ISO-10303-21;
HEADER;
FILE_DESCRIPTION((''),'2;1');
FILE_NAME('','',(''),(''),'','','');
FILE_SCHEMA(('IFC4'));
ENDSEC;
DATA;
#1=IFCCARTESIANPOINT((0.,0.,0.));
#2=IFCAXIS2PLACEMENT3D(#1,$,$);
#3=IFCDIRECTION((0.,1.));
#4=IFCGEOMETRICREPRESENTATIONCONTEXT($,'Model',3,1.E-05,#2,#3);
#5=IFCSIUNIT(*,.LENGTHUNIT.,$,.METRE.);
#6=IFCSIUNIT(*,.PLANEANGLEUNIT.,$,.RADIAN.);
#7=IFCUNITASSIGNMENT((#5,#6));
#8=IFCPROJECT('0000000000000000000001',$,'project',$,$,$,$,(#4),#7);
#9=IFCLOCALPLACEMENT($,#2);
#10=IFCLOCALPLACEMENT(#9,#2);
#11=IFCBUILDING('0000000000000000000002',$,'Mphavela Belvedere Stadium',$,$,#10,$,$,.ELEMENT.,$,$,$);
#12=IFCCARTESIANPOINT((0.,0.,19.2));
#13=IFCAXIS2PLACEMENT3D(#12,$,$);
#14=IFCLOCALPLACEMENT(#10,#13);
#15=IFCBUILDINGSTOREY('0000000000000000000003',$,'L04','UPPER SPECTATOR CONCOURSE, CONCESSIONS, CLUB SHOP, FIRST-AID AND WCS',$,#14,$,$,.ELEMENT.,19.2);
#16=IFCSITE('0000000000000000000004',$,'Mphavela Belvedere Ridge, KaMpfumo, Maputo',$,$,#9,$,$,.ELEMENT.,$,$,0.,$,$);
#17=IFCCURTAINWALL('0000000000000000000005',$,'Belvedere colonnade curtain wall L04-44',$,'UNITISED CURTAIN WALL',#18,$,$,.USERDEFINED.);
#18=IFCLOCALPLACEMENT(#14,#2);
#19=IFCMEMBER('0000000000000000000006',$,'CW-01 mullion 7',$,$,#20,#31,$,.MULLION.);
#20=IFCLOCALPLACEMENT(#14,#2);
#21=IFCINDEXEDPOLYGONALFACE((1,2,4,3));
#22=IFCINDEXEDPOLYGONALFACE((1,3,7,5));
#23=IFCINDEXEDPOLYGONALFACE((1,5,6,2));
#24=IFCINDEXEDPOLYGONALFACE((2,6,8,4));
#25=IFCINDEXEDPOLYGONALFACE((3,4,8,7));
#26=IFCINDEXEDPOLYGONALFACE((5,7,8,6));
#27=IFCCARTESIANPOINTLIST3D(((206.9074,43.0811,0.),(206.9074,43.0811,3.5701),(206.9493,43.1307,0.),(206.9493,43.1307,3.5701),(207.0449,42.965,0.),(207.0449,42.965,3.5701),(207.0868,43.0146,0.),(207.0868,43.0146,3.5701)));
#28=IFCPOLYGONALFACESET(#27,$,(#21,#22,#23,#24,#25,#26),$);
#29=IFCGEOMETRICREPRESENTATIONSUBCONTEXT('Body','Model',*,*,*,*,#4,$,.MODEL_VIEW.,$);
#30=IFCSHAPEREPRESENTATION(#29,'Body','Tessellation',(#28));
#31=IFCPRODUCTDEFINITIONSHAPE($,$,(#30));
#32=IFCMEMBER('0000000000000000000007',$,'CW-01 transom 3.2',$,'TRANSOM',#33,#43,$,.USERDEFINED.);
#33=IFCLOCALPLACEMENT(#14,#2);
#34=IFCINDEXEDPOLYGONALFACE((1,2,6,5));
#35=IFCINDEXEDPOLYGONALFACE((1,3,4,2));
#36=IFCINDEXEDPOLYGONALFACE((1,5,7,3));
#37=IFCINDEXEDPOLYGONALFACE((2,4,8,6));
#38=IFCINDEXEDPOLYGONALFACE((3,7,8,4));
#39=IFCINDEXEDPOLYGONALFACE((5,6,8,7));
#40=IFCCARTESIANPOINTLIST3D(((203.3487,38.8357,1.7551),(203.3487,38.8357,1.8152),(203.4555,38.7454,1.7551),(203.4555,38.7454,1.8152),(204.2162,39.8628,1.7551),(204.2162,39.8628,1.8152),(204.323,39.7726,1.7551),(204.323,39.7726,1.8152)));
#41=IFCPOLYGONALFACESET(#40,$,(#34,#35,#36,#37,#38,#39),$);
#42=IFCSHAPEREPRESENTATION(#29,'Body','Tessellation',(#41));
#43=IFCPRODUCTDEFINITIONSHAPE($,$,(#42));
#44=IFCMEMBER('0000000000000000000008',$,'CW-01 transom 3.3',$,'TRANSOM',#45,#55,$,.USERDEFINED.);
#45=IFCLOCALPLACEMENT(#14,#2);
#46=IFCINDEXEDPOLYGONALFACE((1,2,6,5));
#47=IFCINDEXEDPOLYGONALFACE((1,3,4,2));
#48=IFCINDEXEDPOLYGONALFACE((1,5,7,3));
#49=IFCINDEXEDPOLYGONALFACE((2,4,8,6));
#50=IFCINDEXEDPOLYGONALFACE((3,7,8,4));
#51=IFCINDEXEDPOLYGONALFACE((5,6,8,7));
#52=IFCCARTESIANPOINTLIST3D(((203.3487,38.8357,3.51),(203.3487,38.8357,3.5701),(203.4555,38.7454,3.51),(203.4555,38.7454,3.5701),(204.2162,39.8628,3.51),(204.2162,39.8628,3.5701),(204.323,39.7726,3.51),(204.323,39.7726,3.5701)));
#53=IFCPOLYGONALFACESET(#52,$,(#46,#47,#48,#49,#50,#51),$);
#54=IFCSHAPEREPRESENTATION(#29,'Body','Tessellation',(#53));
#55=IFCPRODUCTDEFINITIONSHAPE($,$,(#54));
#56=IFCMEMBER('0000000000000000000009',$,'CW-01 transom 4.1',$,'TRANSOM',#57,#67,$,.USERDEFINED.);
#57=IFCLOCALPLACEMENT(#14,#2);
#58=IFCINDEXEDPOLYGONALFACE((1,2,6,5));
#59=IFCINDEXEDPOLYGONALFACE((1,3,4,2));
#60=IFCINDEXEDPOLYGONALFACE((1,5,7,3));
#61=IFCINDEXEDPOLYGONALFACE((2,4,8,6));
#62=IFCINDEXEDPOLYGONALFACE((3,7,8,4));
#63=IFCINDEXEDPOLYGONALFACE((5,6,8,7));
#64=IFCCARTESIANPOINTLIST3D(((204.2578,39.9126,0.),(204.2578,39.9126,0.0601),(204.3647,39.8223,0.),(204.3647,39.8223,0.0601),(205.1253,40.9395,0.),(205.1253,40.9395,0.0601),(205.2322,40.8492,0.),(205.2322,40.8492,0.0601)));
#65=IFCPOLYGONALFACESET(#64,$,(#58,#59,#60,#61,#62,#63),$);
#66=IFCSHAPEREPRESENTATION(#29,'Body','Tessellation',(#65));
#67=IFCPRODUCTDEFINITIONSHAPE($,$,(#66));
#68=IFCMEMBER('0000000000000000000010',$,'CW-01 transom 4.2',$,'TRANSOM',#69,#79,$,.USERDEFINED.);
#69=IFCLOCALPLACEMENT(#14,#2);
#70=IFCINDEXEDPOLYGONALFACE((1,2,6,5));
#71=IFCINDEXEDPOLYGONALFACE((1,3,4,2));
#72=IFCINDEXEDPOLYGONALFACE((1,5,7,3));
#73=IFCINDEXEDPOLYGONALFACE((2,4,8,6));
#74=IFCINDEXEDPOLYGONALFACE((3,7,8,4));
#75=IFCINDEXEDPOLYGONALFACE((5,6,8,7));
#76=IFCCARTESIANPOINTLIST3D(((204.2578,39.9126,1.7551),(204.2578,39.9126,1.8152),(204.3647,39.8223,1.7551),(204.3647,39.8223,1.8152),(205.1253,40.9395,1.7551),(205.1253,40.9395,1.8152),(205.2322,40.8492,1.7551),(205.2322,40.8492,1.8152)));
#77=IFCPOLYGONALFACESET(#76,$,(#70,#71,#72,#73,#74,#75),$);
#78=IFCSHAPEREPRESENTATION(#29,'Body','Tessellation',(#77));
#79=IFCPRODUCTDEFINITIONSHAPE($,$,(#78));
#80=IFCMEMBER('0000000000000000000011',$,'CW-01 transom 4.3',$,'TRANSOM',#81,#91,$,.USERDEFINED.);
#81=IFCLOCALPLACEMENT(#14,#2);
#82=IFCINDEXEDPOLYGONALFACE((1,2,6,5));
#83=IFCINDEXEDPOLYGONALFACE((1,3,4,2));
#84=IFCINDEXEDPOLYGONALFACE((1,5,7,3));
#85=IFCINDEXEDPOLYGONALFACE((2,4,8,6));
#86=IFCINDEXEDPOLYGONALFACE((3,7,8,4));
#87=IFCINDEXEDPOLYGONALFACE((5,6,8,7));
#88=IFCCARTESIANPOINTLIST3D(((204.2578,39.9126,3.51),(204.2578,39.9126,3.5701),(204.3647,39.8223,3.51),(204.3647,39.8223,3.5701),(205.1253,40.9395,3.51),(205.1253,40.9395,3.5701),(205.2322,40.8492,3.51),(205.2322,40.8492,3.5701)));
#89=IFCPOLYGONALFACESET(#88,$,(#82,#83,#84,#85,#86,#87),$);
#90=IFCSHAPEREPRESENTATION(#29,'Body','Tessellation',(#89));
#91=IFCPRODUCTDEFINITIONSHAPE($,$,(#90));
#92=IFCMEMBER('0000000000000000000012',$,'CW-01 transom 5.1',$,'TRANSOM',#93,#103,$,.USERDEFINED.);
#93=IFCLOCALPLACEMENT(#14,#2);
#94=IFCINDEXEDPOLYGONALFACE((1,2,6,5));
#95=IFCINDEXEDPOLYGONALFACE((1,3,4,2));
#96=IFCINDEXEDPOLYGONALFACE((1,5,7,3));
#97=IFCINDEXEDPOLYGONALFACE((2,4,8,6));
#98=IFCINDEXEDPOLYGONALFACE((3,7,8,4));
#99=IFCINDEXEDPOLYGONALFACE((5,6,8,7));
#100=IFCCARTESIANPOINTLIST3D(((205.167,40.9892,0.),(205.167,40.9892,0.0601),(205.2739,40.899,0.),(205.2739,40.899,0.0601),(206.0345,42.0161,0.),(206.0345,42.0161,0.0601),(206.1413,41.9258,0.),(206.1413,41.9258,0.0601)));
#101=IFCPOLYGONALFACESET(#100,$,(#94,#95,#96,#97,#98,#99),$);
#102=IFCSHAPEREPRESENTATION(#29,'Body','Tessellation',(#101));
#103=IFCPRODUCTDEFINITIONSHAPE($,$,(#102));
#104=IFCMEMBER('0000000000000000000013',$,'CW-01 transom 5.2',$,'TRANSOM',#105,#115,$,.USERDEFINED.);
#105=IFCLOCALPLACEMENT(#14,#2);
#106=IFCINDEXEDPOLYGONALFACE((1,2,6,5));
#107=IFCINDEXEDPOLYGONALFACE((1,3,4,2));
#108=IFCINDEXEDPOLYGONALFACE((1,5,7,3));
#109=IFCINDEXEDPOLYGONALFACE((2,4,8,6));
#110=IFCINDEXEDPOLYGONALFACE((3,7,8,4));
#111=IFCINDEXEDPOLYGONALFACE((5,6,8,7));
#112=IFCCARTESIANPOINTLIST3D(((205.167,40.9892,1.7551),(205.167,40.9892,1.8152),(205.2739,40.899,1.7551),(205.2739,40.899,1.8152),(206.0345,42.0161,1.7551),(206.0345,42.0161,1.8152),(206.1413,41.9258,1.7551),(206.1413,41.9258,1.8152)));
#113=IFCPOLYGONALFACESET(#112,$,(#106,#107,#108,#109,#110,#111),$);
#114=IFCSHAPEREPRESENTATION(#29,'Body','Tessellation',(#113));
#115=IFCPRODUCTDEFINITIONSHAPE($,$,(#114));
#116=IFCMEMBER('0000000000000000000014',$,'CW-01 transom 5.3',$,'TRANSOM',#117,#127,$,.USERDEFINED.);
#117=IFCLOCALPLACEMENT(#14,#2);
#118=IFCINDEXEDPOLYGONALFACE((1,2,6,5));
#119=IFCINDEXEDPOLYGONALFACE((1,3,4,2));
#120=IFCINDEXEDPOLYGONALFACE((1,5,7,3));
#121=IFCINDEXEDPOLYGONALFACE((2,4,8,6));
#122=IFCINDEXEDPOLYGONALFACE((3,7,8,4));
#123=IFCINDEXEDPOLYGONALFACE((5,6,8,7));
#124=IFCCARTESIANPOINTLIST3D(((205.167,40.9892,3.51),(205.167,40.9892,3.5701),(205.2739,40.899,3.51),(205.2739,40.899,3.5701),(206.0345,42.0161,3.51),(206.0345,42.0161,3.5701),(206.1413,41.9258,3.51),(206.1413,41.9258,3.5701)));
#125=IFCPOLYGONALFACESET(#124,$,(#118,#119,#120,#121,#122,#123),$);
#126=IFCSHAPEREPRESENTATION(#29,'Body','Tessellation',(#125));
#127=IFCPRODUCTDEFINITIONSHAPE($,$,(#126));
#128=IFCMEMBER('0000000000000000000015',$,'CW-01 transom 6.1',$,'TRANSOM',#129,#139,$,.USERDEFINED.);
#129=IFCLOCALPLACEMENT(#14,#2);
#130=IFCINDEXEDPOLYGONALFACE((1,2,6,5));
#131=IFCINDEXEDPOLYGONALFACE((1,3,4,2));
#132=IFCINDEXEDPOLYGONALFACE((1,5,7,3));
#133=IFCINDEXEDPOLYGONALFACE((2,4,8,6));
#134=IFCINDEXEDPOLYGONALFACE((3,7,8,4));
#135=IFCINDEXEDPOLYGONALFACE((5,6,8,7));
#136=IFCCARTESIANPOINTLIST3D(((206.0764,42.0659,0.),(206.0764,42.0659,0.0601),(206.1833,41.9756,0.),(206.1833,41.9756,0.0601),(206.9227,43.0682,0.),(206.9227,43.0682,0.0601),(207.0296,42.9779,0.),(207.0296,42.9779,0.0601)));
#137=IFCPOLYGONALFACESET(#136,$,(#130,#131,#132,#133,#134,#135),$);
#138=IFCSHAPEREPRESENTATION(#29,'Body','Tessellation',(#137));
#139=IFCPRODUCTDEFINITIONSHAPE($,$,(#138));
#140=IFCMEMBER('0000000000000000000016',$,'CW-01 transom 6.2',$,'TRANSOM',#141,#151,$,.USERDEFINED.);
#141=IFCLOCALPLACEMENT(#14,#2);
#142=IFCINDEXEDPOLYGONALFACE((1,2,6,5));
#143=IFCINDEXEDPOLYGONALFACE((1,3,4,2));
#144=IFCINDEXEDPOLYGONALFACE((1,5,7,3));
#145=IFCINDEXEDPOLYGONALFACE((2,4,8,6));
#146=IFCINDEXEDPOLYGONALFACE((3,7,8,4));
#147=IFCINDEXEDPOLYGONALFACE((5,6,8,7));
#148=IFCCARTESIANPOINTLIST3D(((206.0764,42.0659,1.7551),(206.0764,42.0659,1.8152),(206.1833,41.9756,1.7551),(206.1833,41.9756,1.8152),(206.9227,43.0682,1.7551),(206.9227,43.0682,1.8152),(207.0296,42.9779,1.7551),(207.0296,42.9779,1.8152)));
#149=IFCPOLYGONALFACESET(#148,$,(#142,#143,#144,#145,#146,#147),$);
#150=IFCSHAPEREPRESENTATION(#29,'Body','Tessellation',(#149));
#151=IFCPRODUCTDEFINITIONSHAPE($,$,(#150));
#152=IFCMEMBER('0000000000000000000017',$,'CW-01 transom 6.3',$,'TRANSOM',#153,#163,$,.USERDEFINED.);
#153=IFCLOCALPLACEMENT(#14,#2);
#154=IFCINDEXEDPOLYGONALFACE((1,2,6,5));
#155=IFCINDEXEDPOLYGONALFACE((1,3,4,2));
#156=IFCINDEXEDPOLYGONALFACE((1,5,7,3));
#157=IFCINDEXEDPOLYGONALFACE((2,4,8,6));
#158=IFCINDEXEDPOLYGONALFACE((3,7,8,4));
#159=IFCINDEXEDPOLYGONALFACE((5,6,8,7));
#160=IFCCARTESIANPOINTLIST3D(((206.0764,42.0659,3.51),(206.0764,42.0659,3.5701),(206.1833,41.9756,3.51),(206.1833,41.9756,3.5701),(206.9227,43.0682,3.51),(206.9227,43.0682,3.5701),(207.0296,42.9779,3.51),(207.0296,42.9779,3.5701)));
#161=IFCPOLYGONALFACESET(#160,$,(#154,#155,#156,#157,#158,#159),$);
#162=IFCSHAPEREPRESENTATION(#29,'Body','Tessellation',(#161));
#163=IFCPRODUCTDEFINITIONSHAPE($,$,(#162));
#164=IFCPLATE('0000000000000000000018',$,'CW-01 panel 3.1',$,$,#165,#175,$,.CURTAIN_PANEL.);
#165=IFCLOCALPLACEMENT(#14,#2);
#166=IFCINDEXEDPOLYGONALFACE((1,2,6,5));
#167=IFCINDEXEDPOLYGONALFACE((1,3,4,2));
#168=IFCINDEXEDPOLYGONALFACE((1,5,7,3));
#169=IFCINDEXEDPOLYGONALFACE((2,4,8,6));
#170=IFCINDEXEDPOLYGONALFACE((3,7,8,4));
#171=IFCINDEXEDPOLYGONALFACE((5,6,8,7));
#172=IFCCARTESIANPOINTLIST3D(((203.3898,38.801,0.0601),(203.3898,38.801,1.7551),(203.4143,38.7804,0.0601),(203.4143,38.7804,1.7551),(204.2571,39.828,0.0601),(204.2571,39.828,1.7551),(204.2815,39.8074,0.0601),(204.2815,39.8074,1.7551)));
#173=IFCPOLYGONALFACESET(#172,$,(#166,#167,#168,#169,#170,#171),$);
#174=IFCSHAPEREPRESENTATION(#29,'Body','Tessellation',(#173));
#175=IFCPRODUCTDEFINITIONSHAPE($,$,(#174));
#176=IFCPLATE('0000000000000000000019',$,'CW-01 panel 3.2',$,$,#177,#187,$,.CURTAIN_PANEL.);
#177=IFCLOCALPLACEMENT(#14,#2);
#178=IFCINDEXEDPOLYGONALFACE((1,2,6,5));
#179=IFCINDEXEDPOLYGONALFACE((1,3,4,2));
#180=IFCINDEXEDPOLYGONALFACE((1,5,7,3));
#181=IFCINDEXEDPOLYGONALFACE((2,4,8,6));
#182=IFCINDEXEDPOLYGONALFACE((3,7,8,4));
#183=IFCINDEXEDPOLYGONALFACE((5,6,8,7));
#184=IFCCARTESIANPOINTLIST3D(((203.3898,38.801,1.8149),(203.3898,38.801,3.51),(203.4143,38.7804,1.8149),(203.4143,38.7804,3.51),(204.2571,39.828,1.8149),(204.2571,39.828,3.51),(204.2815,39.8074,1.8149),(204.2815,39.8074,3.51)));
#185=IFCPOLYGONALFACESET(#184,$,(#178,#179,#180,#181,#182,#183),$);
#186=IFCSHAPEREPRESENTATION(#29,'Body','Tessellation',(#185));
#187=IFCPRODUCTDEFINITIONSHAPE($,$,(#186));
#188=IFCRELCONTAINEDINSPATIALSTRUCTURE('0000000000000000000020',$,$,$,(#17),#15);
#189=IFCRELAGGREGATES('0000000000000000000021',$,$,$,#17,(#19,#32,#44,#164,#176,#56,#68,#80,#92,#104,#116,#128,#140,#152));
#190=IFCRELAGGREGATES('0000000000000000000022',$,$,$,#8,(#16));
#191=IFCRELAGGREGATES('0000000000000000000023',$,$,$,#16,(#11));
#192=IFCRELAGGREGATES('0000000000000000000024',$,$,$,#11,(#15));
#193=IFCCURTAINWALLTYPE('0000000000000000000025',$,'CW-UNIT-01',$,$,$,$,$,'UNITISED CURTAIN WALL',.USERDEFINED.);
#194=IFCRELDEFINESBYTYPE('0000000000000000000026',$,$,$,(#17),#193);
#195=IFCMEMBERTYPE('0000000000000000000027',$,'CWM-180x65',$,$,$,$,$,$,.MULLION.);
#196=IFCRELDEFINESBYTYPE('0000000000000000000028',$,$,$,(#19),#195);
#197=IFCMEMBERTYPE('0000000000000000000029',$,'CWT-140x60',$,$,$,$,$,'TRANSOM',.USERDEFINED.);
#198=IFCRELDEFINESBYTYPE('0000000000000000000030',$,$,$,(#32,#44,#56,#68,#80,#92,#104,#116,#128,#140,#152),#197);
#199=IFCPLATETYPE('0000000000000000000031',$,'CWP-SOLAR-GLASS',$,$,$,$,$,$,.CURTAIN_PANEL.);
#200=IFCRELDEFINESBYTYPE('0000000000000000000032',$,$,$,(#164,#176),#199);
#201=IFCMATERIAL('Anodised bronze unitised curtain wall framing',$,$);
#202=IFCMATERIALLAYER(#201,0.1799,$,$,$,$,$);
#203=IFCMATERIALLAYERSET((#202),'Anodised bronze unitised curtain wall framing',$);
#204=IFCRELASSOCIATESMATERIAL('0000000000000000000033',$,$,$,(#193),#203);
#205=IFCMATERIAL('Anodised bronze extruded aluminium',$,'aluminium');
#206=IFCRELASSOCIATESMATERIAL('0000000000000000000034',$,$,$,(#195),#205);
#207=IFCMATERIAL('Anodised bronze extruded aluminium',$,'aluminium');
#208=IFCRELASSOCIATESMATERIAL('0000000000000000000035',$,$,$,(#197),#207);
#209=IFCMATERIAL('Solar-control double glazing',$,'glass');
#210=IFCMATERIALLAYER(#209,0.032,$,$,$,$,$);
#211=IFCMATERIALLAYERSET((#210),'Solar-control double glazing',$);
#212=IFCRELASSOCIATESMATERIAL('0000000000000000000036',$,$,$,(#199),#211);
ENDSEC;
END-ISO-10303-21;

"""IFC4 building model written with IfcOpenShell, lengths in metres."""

from ifc_helpers import new_model, si_unit, direction, frame, origin, origin_2d, place, context, subcontext, project, spatial, rectangle, extrude, material, layer, layer_set, material_profile, profile_set, type_object, element, aggregate, save


model = new_model("IFC4")

# Units and contexts
model_context = context("Model", 3, precision=1e-05, world=origin(), true_north=direction((0.0, 1.0)))
body_context = subcontext(model_context, "Body", "Model", "MODEL_VIEW")
ifc_project = project(units=[si_unit("LENGTHUNIT", "METRE"), si_unit("PLANEANGLEUNIT", "RADIAN")], contexts=[model_context])

# Site, building, storey
site_placement = place(None, origin())
site = spatial("IfcSite", under=ifc_project, at=site_placement, Name="Mphavela Belvedere Ridge, KaMpfumo, Maputo", CompositionType="ELEMENT", RefElevation=0.0)
building_placement = place(site_placement, origin())
building = spatial("IfcBuilding", under=site, at=building_placement, Name="Mphavela Belvedere Stadium", CompositionType="ELEMENT")
storey_placement = place(building_placement, frame((0.0, 0.0, 19.2)))
storey = spatial("IfcBuildingStorey", under=building, at=storey_placement, Name="L04", Description="UPPER SPECTATOR CONCOURSE, CONCESSIONS, CLUB SHOP, FIRST-AID AND WCS", CompositionType="ELEMENT", Elevation=19.2)

# Curtain wall, members, plates
ifc_material_1 = material(Name="Anodised bronze unitised curtain wall framing")
ifc_layer_1 = layer(ifc_material_1, 0.1799)
ifc_layer_set_1 = layer_set([ifc_layer_1], Name="Anodised bronze unitised curtain wall framing")
curtain_wall_type = type_object("IfcCurtainWallType", Name="CW-UNIT-01", ElementType="UNITISED CURTAIN WALL", PredefinedType="USERDEFINED", material=ifc_layer_set_1)
curtain_wall_placement = place(storey_placement, origin())
curtain_wall = element("IfcCurtainWall", 1, at=curtain_wall_placement, inside=storey, type_object=curtain_wall_type, Name="Belvedere colonnade curtain wall L04-44", ObjectType="UNITISED CURTAIN WALL", PredefinedType="USERDEFINED")
ifc_material_2 = material(Name="Anodised bronze extruded aluminium", Category="aluminium")
ifc_material_profile_1 = material_profile(ifc_material_2, rectangle(XDim=0.1799, YDim=0.0649, at=origin_2d()), Name="CW-MUL 180x65")
ifc_profile_set_1 = profile_set([ifc_material_profile_1], Name="Anodised bronze extruded aluminium")
member_type_1 = type_object("IfcMemberType", Name="CWM-180x65", PredefinedType="MULLION", material=ifc_profile_set_1)
member_1_placement = place(storey_placement, frame((206.9971, 43.0479, 0.0), z_axis=(0.0, 0.0, 1.0), x_axis=(-0.764035, 0.645175, 0.0)))
member_1 = element("IfcMember", 2, at=member_1_placement, type_object=member_type_1, Name="CW-01 mullion 7", PredefinedType="MULLION", context=body_context, shape_type="SweptSolid", body=[
    extrude(rectangle(XDim=0.1799, YDim=0.0649, at=origin_2d()), origin(), (0.0, 0.0, 1.0), 3.5701),
])
ifc_material_3 = material(Name="Anodised bronze extruded aluminium", Category="aluminium")
ifc_material_profile_2 = material_profile(ifc_material_3, rectangle(XDim=0.1399, YDim=0.0601, at=origin_2d()), Name="CW-TRN 140x60")
ifc_profile_set_2 = profile_set([ifc_material_profile_2], Name="Anodised bronze extruded aluminium")
member_type_2 = type_object("IfcMemberType", Name="CWT-140x60", ElementType="TRANSOM", PredefinedType="USERDEFINED", material=ifc_profile_set_2)
member_2_placement = place(storey_placement, frame((203.4021, 38.7905, 1.7852), z_axis=(0.645226, 0.763992, 0.0), x_axis=(-0.763992, 0.645226, 0.0)))
member_2 = element("IfcMember", 3, at=member_2_placement, type_object=member_type_2, Name="CW-01 transom 3.2", ObjectType="TRANSOM", PredefinedType="USERDEFINED", context=body_context, shape_type="SweptSolid", body=[
    extrude(rectangle(XDim=0.1399, YDim=0.0601, at=origin_2d()), origin(), (0.0, 0.0, 1.0), 1.3445),
])
member_3_placement = place(storey_placement, frame((203.4021, 38.7905, 3.54), z_axis=(0.645226, 0.763992, 0.0), x_axis=(-0.763992, 0.645226, 0.0)))
member_3 = element("IfcMember", 4, at=member_3_placement, type_object=member_type_2, Name="CW-01 transom 3.3", ObjectType="TRANSOM", PredefinedType="USERDEFINED", context=body_context, shape_type="SweptSolid", body=[
    extrude(rectangle(XDim=0.1399, YDim=0.0601, at=origin_2d()), origin(), (0.0, 0.0, 1.0), 1.3445),
])
member_4_placement = place(storey_placement, frame((204.3113, 39.8674, 0.03), z_axis=(0.645315, 0.763916, 0.0), x_axis=(-0.763916, 0.645315, 0.0)))
member_4 = element("IfcMember", 5, at=member_4_placement, type_object=member_type_2, Name="CW-01 transom 4.1", ObjectType="TRANSOM", PredefinedType="USERDEFINED", context=body_context, shape_type="SweptSolid", body=[
    extrude(rectangle(XDim=0.1399, YDim=0.0601, at=origin_2d()), origin(), (0.0, 0.0, 1.0), 1.3442),
])
member_5_placement = place(storey_placement, frame((204.3113, 39.8674, 1.7852), z_axis=(0.645315, 0.763916, 0.0), x_axis=(-0.763916, 0.645315, 0.0)))
member_5 = element("IfcMember", 6, at=member_5_placement, type_object=member_type_2, Name="CW-01 transom 4.2", ObjectType="TRANSOM", PredefinedType="USERDEFINED", context=body_context, shape_type="SweptSolid", body=[
    extrude(rectangle(XDim=0.1399, YDim=0.0601, at=origin_2d()), origin(), (0.0, 0.0, 1.0), 1.3442),
])
member_6_placement = place(storey_placement, frame((204.3113, 39.8674, 3.54), z_axis=(0.645315, 0.763916, 0.0), x_axis=(-0.763916, 0.645315, 0.0)))
member_6 = element("IfcMember", 7, at=member_6_placement, type_object=member_type_2, Name="CW-01 transom 4.3", ObjectType="TRANSOM", PredefinedType="USERDEFINED", context=body_context, shape_type="SweptSolid", body=[
    extrude(rectangle(XDim=0.1399, YDim=0.0601, at=origin_2d()), origin(), (0.0, 0.0, 1.0), 1.3442),
])
member_7_placement = place(storey_placement, frame((205.2205, 40.9441, 0.03), z_axis=(0.645315, 0.763916, 0.0), x_axis=(-0.763916, 0.645315, 0.0)))
member_7 = element("IfcMember", 8, at=member_7_placement, type_object=member_type_2, Name="CW-01 transom 5.1", ObjectType="TRANSOM", PredefinedType="USERDEFINED", context=body_context, shape_type="SweptSolid", body=[
    extrude(rectangle(XDim=0.1399, YDim=0.0601, at=origin_2d()), origin(), (0.0, 0.0, 1.0), 1.3442),
])
member_8_placement = place(storey_placement, frame((205.2205, 40.9441, 1.7852), z_axis=(0.645315, 0.763916, 0.0), x_axis=(-0.763916, 0.645315, 0.0)))
member_8 = element("IfcMember", 9, at=member_8_placement, type_object=member_type_2, Name="CW-01 transom 5.2", ObjectType="TRANSOM", PredefinedType="USERDEFINED", context=body_context, shape_type="SweptSolid", body=[
    extrude(rectangle(XDim=0.1399, YDim=0.0601, at=origin_2d()), origin(), (0.0, 0.0, 1.0), 1.3442),
])
member_9_placement = place(storey_placement, frame((205.2205, 40.9441, 3.54), z_axis=(0.645315, 0.763916, 0.0), x_axis=(-0.763916, 0.645315, 0.0)))
member_9 = element("IfcMember", 10, at=member_9_placement, type_object=member_type_2, Name="CW-01 transom 5.3", ObjectType="TRANSOM", PredefinedType="USERDEFINED", context=body_context, shape_type="SweptSolid", body=[
    extrude(rectangle(XDim=0.1399, YDim=0.0601, at=origin_2d()), origin(), (0.0, 0.0, 1.0), 1.3442),
])
member_10_placement = place(storey_placement, frame((206.1299, 42.0208, 0.03), z_axis=(0.645133, 0.764071, 0.0), x_axis=(-0.764071, 0.645133, 0.0)))
member_10 = element("IfcMember", 11, at=member_10_placement, type_object=member_type_2, Name="CW-01 transom 6.1", ObjectType="TRANSOM", PredefinedType="USERDEFINED", context=body_context, shape_type="SweptSolid", body=[
    extrude(rectangle(XDim=0.1399, YDim=0.0601, at=origin_2d()), origin(), (0.0, 0.0, 1.0), 1.3118),
])
member_11_placement = place(storey_placement, frame((206.1299, 42.0208, 1.7852), z_axis=(0.645133, 0.764071, 0.0), x_axis=(-0.764071, 0.645133, 0.0)))
member_11 = element("IfcMember", 12, at=member_11_placement, type_object=member_type_2, Name="CW-01 transom 6.2", ObjectType="TRANSOM", PredefinedType="USERDEFINED", context=body_context, shape_type="SweptSolid", body=[
    extrude(rectangle(XDim=0.1399, YDim=0.0601, at=origin_2d()), origin(), (0.0, 0.0, 1.0), 1.3118),
])
member_12_placement = place(storey_placement, frame((206.1299, 42.0208, 3.54), z_axis=(0.645133, 0.764071, 0.0), x_axis=(-0.764071, 0.645133, 0.0)))
member_12 = element("IfcMember", 13, at=member_12_placement, type_object=member_type_2, Name="CW-01 transom 6.3", ObjectType="TRANSOM", PredefinedType="USERDEFINED", context=body_context, shape_type="SweptSolid", body=[
    extrude(rectangle(XDim=0.1399, YDim=0.0601, at=origin_2d()), origin(), (0.0, 0.0, 1.0), 1.3118),
])
ifc_material_4 = material(Name="Solar-control double glazing", Category="glass")
ifc_layer_2 = layer(ifc_material_4, 0.032)
ifc_layer_set_2 = layer_set([ifc_layer_2], Name="Solar-control double glazing")
plate_type = type_object("IfcPlateType", Name="CWP-SOLAR-GLASS", PredefinedType="CURTAIN_PANEL", material=ifc_layer_set_2)
plate_1_placement = place(storey_placement, frame((203.8357, 39.3042, 0.0601), z_axis=(0.0, 0.0, 1.0), x_axis=(0.645175, 0.764035, 0.0)))
plate_1 = element("IfcPlate", 14, at=plate_1_placement, type_object=plate_type, Name="CW-01 panel 3.1", PredefinedType="CURTAIN_PANEL", context=body_context, shape_type="SweptSolid", body=[
    extrude(rectangle(XDim=1.3442, YDim=0.032, at=origin_2d()), origin(), (0.0, 0.0, 1.0), 1.6951),
])
plate_2_placement = place(storey_placement, frame((203.8357, 39.3042, 1.8149), z_axis=(0.0, 0.0, 1.0), x_axis=(0.645175, 0.764035, 0.0)))
plate_2 = element("IfcPlate", 15, at=plate_2_placement, type_object=plate_type, Name="CW-01 panel 3.2", PredefinedType="CURTAIN_PANEL", context=body_context, shape_type="SweptSolid", body=[
    extrude(rectangle(XDim=1.3442, YDim=0.032, at=origin_2d()), origin(), (0.0, 0.0, 1.0), 1.6951),
])
aggregate(curtain_wall, [member_1, member_2, member_3, plate_1, plate_2, member_4, member_5, member_6, member_7, member_8, member_9, member_10, member_11, member_12])

save(model, "model.ifc")
